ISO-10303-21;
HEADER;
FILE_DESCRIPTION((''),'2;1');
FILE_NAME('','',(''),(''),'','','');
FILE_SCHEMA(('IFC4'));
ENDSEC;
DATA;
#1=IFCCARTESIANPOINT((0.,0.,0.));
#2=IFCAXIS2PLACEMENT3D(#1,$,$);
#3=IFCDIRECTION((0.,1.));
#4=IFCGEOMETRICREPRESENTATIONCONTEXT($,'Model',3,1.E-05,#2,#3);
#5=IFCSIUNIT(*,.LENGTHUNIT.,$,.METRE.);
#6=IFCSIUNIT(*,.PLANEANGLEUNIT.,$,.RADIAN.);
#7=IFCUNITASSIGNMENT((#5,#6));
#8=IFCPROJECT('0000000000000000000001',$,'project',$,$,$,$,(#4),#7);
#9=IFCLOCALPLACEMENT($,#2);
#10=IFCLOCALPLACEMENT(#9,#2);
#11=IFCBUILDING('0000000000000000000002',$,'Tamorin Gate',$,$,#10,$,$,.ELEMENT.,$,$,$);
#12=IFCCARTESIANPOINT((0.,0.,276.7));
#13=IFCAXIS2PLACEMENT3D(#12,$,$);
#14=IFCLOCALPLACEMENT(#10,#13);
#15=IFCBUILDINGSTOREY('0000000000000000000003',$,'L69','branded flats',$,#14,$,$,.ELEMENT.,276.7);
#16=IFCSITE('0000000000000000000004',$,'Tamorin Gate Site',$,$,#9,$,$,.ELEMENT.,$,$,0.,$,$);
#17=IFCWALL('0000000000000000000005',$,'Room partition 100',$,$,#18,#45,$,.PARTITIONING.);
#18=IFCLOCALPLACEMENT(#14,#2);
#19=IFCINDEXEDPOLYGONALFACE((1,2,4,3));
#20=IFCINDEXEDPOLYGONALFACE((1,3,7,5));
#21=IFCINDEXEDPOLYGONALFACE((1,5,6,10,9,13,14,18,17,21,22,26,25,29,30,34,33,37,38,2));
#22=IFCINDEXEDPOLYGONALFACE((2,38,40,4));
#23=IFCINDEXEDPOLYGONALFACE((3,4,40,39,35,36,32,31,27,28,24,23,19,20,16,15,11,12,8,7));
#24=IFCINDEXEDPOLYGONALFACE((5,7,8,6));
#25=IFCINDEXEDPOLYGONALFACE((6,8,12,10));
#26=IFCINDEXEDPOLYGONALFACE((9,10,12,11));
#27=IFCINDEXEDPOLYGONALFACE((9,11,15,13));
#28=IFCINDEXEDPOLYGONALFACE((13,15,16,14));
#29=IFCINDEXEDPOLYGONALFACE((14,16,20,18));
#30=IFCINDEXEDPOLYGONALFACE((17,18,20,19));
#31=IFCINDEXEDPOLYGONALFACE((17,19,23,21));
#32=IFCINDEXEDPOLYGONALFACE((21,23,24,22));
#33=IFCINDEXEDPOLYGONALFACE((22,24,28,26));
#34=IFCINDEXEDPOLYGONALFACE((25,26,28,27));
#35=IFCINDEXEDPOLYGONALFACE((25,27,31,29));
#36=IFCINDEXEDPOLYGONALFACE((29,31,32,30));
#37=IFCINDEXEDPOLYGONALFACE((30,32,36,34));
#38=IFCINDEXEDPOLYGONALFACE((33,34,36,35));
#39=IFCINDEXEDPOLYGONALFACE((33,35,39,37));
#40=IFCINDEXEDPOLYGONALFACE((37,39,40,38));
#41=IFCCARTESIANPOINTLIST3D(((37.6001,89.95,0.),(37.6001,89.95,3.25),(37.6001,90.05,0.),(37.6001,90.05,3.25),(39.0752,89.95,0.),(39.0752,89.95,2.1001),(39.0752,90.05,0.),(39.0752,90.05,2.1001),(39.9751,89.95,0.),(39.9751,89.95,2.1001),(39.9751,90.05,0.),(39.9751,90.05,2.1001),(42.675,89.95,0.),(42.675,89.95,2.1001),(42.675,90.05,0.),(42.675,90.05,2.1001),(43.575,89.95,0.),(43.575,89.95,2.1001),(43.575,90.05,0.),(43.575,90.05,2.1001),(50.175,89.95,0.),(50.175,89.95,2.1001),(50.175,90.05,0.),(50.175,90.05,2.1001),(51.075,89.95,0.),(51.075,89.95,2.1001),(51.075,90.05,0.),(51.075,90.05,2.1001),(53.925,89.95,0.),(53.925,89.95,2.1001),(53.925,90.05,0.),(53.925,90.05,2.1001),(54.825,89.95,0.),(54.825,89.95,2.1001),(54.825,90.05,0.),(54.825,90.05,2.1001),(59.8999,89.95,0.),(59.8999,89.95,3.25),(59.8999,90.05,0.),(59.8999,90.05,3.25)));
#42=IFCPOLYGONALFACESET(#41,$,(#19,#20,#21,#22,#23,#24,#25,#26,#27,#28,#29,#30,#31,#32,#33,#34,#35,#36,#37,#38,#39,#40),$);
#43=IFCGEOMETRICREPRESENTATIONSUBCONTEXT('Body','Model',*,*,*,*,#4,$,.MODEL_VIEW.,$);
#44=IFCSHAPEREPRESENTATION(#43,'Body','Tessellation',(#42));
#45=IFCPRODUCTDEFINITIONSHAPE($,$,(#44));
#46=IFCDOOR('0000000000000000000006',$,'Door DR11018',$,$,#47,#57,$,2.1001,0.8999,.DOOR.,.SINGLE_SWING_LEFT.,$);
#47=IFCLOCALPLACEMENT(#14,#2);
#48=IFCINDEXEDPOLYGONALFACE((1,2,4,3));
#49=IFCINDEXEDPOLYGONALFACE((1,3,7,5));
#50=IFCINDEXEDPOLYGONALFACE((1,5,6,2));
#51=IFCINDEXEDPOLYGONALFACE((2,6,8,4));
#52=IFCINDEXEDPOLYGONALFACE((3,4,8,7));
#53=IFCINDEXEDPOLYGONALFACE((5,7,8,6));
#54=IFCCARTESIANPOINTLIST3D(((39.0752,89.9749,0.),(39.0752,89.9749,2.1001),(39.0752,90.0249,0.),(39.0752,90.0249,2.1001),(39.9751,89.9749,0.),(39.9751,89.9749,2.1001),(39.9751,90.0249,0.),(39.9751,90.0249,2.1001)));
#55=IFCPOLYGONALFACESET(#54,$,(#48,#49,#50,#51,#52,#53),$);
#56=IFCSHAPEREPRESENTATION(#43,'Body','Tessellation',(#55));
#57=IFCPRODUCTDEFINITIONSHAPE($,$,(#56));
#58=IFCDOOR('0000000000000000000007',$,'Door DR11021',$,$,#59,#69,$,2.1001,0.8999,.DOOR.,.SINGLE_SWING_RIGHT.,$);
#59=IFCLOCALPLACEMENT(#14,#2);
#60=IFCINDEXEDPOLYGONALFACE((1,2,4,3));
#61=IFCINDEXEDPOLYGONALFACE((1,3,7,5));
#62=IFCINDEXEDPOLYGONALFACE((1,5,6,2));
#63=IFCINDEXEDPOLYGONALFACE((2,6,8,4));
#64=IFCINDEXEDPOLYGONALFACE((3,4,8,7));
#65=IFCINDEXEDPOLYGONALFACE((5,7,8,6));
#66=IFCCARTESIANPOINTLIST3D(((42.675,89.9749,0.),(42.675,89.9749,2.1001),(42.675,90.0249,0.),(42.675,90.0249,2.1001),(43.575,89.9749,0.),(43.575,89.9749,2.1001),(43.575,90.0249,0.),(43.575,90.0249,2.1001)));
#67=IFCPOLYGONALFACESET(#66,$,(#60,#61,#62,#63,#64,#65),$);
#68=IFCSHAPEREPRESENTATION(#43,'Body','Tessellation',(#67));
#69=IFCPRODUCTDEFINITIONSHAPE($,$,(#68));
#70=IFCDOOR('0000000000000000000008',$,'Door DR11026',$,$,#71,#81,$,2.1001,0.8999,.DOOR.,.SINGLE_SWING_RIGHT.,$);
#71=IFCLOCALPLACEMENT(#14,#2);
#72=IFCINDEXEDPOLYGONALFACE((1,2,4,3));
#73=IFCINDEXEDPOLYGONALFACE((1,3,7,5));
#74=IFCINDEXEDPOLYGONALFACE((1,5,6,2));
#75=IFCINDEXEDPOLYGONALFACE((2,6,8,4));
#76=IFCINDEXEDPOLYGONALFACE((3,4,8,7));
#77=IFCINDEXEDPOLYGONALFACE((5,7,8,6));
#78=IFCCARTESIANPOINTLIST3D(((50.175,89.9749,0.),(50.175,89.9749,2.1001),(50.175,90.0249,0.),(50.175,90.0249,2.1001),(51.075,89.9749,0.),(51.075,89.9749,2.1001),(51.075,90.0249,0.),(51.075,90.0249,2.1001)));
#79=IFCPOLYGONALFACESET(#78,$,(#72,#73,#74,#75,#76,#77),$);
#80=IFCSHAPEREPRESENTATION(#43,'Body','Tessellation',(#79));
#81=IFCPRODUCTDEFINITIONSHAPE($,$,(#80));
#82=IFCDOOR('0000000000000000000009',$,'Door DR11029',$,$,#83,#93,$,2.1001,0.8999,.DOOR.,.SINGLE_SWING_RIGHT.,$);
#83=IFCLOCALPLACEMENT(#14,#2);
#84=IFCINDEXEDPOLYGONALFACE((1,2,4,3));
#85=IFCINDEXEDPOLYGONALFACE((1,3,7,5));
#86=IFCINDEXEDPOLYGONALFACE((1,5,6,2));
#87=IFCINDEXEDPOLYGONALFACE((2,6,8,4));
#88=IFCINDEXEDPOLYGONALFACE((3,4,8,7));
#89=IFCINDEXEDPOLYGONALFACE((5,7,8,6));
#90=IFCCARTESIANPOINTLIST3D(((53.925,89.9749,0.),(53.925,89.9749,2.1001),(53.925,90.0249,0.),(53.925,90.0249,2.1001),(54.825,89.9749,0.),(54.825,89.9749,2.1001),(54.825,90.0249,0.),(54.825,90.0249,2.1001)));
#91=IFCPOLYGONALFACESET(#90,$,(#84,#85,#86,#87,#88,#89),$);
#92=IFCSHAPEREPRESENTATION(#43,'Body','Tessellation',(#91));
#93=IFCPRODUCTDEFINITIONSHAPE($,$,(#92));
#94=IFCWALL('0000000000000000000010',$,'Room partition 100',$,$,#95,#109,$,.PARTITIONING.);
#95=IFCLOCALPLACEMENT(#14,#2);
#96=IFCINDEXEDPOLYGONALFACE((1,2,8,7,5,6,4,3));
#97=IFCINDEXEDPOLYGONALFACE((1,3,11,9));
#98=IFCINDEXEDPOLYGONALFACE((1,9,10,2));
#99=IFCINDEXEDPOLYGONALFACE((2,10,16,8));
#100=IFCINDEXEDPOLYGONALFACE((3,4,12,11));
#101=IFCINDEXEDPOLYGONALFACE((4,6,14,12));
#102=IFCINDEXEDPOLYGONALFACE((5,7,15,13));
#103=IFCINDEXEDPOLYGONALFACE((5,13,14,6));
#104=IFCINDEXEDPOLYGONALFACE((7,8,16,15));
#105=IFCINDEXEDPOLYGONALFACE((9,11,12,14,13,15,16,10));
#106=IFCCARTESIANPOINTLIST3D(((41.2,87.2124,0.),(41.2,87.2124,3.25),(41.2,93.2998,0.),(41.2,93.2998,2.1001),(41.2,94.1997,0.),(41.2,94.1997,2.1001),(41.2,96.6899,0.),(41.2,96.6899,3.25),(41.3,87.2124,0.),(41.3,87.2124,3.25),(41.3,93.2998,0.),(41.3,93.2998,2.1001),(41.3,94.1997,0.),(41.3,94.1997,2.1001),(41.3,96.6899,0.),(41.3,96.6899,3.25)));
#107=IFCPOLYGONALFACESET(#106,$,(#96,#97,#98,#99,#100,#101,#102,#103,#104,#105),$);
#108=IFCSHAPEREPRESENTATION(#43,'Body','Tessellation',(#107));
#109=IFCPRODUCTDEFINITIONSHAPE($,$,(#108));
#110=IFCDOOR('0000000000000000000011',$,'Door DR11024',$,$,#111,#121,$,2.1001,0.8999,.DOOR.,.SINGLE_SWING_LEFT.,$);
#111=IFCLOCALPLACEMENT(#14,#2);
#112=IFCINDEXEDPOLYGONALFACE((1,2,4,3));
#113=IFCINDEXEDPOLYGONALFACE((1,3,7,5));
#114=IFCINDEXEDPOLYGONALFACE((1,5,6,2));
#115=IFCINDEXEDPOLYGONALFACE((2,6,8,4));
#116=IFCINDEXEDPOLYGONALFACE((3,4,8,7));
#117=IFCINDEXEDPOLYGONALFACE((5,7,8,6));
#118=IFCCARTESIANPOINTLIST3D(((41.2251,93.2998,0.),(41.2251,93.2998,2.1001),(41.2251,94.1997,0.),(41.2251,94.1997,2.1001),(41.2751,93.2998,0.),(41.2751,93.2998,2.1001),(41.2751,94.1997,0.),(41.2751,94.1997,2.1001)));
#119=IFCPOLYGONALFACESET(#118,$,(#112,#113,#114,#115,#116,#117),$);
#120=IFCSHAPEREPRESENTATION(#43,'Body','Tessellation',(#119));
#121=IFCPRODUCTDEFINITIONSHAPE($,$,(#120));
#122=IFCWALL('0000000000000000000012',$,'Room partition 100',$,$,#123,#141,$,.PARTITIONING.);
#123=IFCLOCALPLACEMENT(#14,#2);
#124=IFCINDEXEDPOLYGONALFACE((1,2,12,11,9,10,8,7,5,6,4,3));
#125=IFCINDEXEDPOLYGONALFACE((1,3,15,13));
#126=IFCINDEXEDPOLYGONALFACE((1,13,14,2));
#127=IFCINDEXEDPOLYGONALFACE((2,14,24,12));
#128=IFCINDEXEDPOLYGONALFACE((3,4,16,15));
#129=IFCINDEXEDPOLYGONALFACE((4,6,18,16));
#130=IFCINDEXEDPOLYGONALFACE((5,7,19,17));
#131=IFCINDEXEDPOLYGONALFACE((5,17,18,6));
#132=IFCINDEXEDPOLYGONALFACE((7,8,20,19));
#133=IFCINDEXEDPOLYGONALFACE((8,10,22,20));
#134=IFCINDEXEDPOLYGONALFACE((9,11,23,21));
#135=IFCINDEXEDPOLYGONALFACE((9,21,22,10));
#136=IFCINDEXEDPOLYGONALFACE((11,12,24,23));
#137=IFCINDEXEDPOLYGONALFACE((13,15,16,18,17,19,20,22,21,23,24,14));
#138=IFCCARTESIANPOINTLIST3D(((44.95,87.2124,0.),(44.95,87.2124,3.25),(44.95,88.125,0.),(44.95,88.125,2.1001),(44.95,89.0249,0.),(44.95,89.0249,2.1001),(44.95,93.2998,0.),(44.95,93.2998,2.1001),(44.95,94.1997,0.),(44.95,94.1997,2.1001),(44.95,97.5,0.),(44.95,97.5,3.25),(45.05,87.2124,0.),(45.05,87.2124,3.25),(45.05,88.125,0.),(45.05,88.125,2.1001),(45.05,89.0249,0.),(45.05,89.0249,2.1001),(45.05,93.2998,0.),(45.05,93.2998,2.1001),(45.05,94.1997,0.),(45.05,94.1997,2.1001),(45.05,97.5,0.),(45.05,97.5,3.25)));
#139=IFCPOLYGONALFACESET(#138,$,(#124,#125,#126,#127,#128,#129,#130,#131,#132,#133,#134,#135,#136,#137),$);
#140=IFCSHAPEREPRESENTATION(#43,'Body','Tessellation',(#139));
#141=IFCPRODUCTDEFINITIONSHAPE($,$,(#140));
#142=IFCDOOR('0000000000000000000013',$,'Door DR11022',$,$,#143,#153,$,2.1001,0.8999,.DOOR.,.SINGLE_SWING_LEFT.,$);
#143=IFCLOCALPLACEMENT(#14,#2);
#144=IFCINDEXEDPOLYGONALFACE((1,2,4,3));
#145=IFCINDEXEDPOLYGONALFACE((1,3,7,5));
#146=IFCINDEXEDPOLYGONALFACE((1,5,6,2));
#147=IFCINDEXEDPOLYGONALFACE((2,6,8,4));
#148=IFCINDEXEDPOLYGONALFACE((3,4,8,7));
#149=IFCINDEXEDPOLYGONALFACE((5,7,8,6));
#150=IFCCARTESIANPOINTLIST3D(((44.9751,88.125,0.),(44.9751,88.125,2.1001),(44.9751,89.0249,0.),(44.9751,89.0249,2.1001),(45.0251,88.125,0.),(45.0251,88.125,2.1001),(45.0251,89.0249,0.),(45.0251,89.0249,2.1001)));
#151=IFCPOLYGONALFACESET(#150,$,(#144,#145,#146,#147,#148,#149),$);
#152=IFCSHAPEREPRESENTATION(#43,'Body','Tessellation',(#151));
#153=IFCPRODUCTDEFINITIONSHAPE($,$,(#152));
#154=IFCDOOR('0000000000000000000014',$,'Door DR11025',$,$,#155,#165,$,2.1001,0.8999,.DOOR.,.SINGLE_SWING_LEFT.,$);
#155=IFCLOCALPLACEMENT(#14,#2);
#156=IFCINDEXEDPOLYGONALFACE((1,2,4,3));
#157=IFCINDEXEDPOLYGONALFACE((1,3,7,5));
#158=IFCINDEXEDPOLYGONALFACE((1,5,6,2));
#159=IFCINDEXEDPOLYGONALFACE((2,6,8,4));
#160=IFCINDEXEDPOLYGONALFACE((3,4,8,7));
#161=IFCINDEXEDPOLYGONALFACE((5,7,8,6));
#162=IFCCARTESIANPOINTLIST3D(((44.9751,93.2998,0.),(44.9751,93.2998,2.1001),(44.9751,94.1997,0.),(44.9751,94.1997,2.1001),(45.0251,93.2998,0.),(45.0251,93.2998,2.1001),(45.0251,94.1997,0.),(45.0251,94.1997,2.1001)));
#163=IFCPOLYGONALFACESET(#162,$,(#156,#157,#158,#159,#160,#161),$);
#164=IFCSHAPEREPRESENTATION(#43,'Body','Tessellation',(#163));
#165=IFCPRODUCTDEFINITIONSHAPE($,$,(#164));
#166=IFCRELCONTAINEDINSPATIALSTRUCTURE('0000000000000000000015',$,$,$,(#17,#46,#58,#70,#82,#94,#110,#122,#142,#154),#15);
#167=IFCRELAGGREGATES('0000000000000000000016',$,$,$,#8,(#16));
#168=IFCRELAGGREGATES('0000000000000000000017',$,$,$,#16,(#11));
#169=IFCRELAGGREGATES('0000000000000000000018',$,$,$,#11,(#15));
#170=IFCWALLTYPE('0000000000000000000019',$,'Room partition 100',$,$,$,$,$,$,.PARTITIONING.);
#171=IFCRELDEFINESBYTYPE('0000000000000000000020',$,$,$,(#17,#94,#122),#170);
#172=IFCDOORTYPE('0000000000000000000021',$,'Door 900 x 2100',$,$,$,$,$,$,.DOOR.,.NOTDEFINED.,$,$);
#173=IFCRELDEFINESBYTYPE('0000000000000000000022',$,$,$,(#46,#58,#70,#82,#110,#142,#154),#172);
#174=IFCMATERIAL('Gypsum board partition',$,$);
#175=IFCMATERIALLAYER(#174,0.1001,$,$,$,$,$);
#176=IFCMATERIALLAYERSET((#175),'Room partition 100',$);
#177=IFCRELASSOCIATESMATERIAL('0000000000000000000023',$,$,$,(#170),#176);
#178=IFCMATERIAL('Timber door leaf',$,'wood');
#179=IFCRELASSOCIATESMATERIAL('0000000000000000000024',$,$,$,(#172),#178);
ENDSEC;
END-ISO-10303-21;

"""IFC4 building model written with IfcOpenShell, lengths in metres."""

from ifc_helpers import new_model, si_unit, direction, frame, frame_2d, origin, place, context, subcontext, project, spatial, rectangle, extrude, material, layer, layer_set, type_object, element, fill, save


model = new_model("IFC4")

# Units and contexts
model_context = context("Model", 3, precision=1e-05, world=origin(), true_north=direction((0.0, 1.0)))
body_context = subcontext(model_context, "Body", "Model", "MODEL_VIEW")
ifc_project = project(units=[si_unit("LENGTHUNIT", "METRE"), si_unit("PLANEANGLEUNIT", "RADIAN")], contexts=[model_context])

# Site, building, storey
site_placement = place(None, origin())
site = spatial("IfcSite", under=ifc_project, at=site_placement, Name="Tamorin Gate Site", CompositionType="ELEMENT", RefElevation=0.0)
building_placement = place(site_placement, origin())
building = spatial("IfcBuilding", under=site, at=building_placement, Name="Tamorin Gate", CompositionType="ELEMENT")
storey_placement = place(building_placement, frame((0.0, 0.0, 276.7)))
storey = spatial("IfcBuildingStorey", under=building, at=storey_placement, Name="L69", Description="branded flats", CompositionType="ELEMENT", Elevation=276.7)

# Shared definitions
ifc_material_1 = material(Name="Gypsum board partition")

# Wall, openings, doors
ifc_layer_1 = layer(ifc_material_1, 0.1001)
ifc_layer_set_1 = layer_set([ifc_layer_1], Name="Room partition 100")
wall_type_1 = type_object("IfcWallType", Name="Room partition 100", PredefinedType="PARTITIONING", material=ifc_layer_set_1)
wall_1_placement = place(storey_placement, frame((37.6001, 90.0, 0.0), z_axis=(0.0, 0.0, 1.0), x_axis=(1.0, 0.0, 0.0)))
wall_1 = element("IfcWall", 1, at=wall_1_placement, inside=storey, type_object=wall_type_1, Name="Room partition 100", PredefinedType="PARTITIONING", context=body_context, shape_type="SweptSolid", body=[
    extrude(rectangle(XDim=22.2998, YDim=0.1001, at=frame_2d((11.1499, 0.0))), origin(), (0.0, 0.0, 1.0), 3.25),
])
opening_1_placement = place(wall_1_placement, frame((1.4751, 0.0, 0.0)))
opening_1 = element("IfcOpeningElement", 2, at=opening_1_placement, cuts=wall_1, PredefinedType="OPENING", context=body_context, shape_type="SweptSolid", body=[
    extrude(rectangle(XDim=0.8999, YDim=2.1001, at=frame_2d((0.45, 1.05))), frame((0.0, 0.0601, 0.0), z_axis=(0.0, -1.0, 0.0), x_axis=(1.0, 0.0, 0.0)), (0.0, 0.0, 1.0), 0.1201),
])
opening_2_placement = place(wall_1_placement, frame((5.075, 0.0, 0.0)))
opening_2 = element("IfcOpeningElement", 3, at=opening_2_placement, cuts=wall_1, PredefinedType="OPENING", context=body_context, shape_type="SweptSolid", body=[
    extrude(rectangle(XDim=0.8999, YDim=2.1001, at=frame_2d((0.45, 1.05))), frame((0.0, 0.0601, 0.0), z_axis=(0.0, -1.0, 0.0), x_axis=(1.0, 0.0, 0.0)), (0.0, 0.0, 1.0), 0.1201),
])
opening_3_placement = place(wall_1_placement, frame((12.575, 0.0, 0.0)))
opening_3 = element("IfcOpeningElement", 4, at=opening_3_placement, cuts=wall_1, PredefinedType="OPENING", context=body_context, shape_type="SweptSolid", body=[
    extrude(rectangle(XDim=0.8999, YDim=2.1001, at=frame_2d((0.45, 1.05))), frame((0.0, 0.0601, 0.0), z_axis=(0.0, -1.0, 0.0), x_axis=(1.0, 0.0, 0.0)), (0.0, 0.0, 1.0), 0.1201),
])
opening_4_placement = place(wall_1_placement, frame((16.325, 0.0, 0.0)))
opening_4 = element("IfcOpeningElement", 5, at=opening_4_placement, cuts=wall_1, PredefinedType="OPENING", context=body_context, shape_type="SweptSolid", body=[
    extrude(rectangle(XDim=0.8999, YDim=2.1001, at=frame_2d((0.45, 1.05))), frame((0.0, 0.0601, 0.0), z_axis=(0.0, -1.0, 0.0), x_axis=(1.0, 0.0, 0.0)), (0.0, 0.0, 1.0), 0.1201),
])
ifc_material_2 = material(Name="Timber door leaf", Category="wood")
door_type = type_object("IfcDoorType", Name="Door 900 x 2100", OperationType="NOTDEFINED", PredefinedType="DOOR", material=ifc_material_2)
door_1_placement = place(opening_1_placement, origin())
door_1 = element("IfcDoor", 6, at=door_1_placement, inside=storey, type_object=door_type, Name="Door DR11018", OperationType="SINGLE_SWING_LEFT", OverallHeight=2.1001, OverallWidth=0.8999, PredefinedType="DOOR", context=body_context, shape_type="SweptSolid", body=[
    extrude(rectangle(XDim=0.8999, YDim=2.1001, at=frame_2d((0.45, 1.05))), frame((0.0, 0.0249, 0.0), z_axis=(0.0, -1.0, 0.0), x_axis=(1.0, 0.0, 0.0)), (0.0, 0.0, 1.0), 0.05),
])
fill(opening_1, door_1)
door_2_placement = place(opening_2_placement, origin())
door_2 = element("IfcDoor", 7, at=door_2_placement, inside=storey, type_object=door_type, Name="Door DR11021", OperationType="SINGLE_SWING_RIGHT", OverallHeight=2.1001, OverallWidth=0.8999, PredefinedType="DOOR", context=body_context, shape_type="SweptSolid", body=[
    extrude(rectangle(XDim=0.8999, YDim=2.1001, at=frame_2d((0.45, 1.05))), frame((0.0, 0.0249, 0.0), z_axis=(0.0, -1.0, 0.0), x_axis=(1.0, 0.0, 0.0)), (0.0, 0.0, 1.0), 0.05),
])
fill(opening_2, door_2)
door_3_placement = place(opening_3_placement, origin())
door_3 = element("IfcDoor", 8, at=door_3_placement, inside=storey, type_object=door_type, Name="Door DR11026", OperationType="SINGLE_SWING_RIGHT", OverallHeight=2.1001, OverallWidth=0.8999, PredefinedType="DOOR", context=body_context, shape_type="SweptSolid", body=[
    extrude(rectangle(XDim=0.8999, YDim=2.1001, at=frame_2d((0.45, 1.05))), frame((0.0, 0.0249, 0.0), z_axis=(0.0, -1.0, 0.0), x_axis=(1.0, 0.0, 0.0)), (0.0, 0.0, 1.0), 0.05),
])
fill(opening_3, door_3)
door_4_placement = place(opening_4_placement, origin())
door_4 = element("IfcDoor", 9, at=door_4_placement, inside=storey, type_object=door_type, Name="Door DR11029", OperationType="SINGLE_SWING_RIGHT", OverallHeight=2.1001, OverallWidth=0.8999, PredefinedType="DOOR", context=body_context, shape_type="SweptSolid", body=[
    extrude(rectangle(XDim=0.8999, YDim=2.1001, at=frame_2d((0.45, 1.05))), frame((0.0, 0.0249, 0.0), z_axis=(0.0, -1.0, 0.0), x_axis=(1.0, 0.0, 0.0)), (0.0, 0.0, 1.0), 0.05),
])
fill(opening_4, door_4)

# Wall, opening, door
wall_2_placement = place(storey_placement, frame((41.25, 87.2124, 0.0), z_axis=(0.0, 0.0, 1.0), x_axis=(0.0, 1.0, 0.0)))
wall_2 = element("IfcWall", 10, at=wall_2_placement, inside=storey, type_object=wall_type_1, Name="Room partition 100", PredefinedType="PARTITIONING", context=body_context, shape_type="SweptSolid", body=[
    extrude(rectangle(XDim=9.4775, YDim=0.1001, at=frame_2d((4.7388, 0.0))), origin(), (0.0, 0.0, 1.0), 3.25),
])
opening_5_placement = place(wall_2_placement, frame((6.0874, 0.0, 0.0)))
opening_5 = element("IfcOpeningElement", 11, at=opening_5_placement, cuts=wall_2, PredefinedType="OPENING", context=body_context, shape_type="SweptSolid", body=[
    extrude(rectangle(XDim=0.8999, YDim=2.1001, at=frame_2d((0.45, 1.05))), frame((0.0, 0.0601, 0.0), z_axis=(0.0, -1.0, 0.0), x_axis=(1.0, 0.0, 0.0)), (0.0, 0.0, 1.0), 0.1201),
])
door_5_placement = place(opening_5_placement, origin())
door_5 = element("IfcDoor", 12, at=door_5_placement, inside=storey, type_object=door_type, Name="Door DR11024", OperationType="SINGLE_SWING_LEFT", OverallHeight=2.1001, OverallWidth=0.8999, PredefinedType="DOOR", context=body_context, shape_type="SweptSolid", body=[
    extrude(rectangle(XDim=0.8999, YDim=2.1001, at=frame_2d((0.45, 1.05))), frame((0.0, 0.0249, 0.0), z_axis=(0.0, -1.0, 0.0), x_axis=(1.0, 0.0, 0.0)), (0.0, 0.0, 1.0), 0.05),
])
fill(opening_5, door_5)

# Wall, openings, doors
wall_3_placement = place(storey_placement, frame((45.0, 87.2124, 0.0), z_axis=(0.0, 0.0, 1.0), x_axis=(0.0, 1.0, 0.0)))
wall_3 = element("IfcWall", 13, at=wall_3_placement, inside=storey, type_object=wall_type_1, Name="Room partition 100", PredefinedType="PARTITIONING", context=body_context, shape_type="SweptSolid", body=[
    extrude(rectangle(XDim=10.2876, YDim=0.1001, at=frame_2d((5.1438, 0.0))), origin(), (0.0, 0.0, 1.0), 3.25),
])
opening_6_placement = place(wall_3_placement, frame((0.9126, 0.0, 0.0)))
opening_6 = element("IfcOpeningElement", 14, at=opening_6_placement, cuts=wall_3, PredefinedType="OPENING", context=body_context, shape_type="SweptSolid", body=[
    extrude(rectangle(XDim=0.8999, YDim=2.1001, at=frame_2d((0.45, 1.05))), frame((0.0, 0.0601, 0.0), z_axis=(0.0, -1.0, 0.0), x_axis=(1.0, 0.0, 0.0)), (0.0, 0.0, 1.0), 0.1201),
])
opening_7_placement = place(wall_3_placement, frame((6.0874, 0.0, 0.0)))
opening_7 = element("IfcOpeningElement", 15, at=opening_7_placement, cuts=wall_3, PredefinedType="OPENING", context=body_context, shape_type="SweptSolid", body=[
    extrude(rectangle(XDim=0.8999, YDim=2.1001, at=frame_2d((0.45, 1.05))), frame((0.0, 0.0601, 0.0), z_axis=(0.0, -1.0, 0.0), x_axis=(1.0, 0.0, 0.0)), (0.0, 0.0, 1.0), 0.1201),
])
door_6_placement = place(opening_6_placement, origin())
door_6 = element("IfcDoor", 16, at=door_6_placement, inside=storey, type_object=door_type, Name="Door DR11022", OperationType="SINGLE_SWING_LEFT", OverallHeight=2.1001, OverallWidth=0.8999, PredefinedType="DOOR", context=body_context, shape_type="SweptSolid", body=[
    extrude(rectangle(XDim=0.8999, YDim=2.1001, at=frame_2d((0.45, 1.05))), frame((0.0, 0.0249, 0.0), z_axis=(0.0, -1.0, 0.0), x_axis=(1.0, 0.0, 0.0)), (0.0, 0.0, 1.0), 0.05),
])
fill(opening_6, door_6)
door_7_placement = place(opening_7_placement, origin())
door_7 = element("IfcDoor", 17, at=door_7_placement, inside=storey, type_object=door_type, Name="Door DR11025", OperationType="SINGLE_SWING_LEFT", OverallHeight=2.1001, OverallWidth=0.8999, PredefinedType="DOOR", context=body_context, shape_type="SweptSolid", body=[
    extrude(rectangle(XDim=0.8999, YDim=2.1001, at=frame_2d((0.45, 1.05))), frame((0.0, 0.0249, 0.0), z_axis=(0.0, -1.0, 0.0), x_axis=(1.0, 0.0, 0.0)), (0.0, 0.0, 1.0), 0.05),
])
fill(opening_7, door_7)

save(model, "model.ifc")
